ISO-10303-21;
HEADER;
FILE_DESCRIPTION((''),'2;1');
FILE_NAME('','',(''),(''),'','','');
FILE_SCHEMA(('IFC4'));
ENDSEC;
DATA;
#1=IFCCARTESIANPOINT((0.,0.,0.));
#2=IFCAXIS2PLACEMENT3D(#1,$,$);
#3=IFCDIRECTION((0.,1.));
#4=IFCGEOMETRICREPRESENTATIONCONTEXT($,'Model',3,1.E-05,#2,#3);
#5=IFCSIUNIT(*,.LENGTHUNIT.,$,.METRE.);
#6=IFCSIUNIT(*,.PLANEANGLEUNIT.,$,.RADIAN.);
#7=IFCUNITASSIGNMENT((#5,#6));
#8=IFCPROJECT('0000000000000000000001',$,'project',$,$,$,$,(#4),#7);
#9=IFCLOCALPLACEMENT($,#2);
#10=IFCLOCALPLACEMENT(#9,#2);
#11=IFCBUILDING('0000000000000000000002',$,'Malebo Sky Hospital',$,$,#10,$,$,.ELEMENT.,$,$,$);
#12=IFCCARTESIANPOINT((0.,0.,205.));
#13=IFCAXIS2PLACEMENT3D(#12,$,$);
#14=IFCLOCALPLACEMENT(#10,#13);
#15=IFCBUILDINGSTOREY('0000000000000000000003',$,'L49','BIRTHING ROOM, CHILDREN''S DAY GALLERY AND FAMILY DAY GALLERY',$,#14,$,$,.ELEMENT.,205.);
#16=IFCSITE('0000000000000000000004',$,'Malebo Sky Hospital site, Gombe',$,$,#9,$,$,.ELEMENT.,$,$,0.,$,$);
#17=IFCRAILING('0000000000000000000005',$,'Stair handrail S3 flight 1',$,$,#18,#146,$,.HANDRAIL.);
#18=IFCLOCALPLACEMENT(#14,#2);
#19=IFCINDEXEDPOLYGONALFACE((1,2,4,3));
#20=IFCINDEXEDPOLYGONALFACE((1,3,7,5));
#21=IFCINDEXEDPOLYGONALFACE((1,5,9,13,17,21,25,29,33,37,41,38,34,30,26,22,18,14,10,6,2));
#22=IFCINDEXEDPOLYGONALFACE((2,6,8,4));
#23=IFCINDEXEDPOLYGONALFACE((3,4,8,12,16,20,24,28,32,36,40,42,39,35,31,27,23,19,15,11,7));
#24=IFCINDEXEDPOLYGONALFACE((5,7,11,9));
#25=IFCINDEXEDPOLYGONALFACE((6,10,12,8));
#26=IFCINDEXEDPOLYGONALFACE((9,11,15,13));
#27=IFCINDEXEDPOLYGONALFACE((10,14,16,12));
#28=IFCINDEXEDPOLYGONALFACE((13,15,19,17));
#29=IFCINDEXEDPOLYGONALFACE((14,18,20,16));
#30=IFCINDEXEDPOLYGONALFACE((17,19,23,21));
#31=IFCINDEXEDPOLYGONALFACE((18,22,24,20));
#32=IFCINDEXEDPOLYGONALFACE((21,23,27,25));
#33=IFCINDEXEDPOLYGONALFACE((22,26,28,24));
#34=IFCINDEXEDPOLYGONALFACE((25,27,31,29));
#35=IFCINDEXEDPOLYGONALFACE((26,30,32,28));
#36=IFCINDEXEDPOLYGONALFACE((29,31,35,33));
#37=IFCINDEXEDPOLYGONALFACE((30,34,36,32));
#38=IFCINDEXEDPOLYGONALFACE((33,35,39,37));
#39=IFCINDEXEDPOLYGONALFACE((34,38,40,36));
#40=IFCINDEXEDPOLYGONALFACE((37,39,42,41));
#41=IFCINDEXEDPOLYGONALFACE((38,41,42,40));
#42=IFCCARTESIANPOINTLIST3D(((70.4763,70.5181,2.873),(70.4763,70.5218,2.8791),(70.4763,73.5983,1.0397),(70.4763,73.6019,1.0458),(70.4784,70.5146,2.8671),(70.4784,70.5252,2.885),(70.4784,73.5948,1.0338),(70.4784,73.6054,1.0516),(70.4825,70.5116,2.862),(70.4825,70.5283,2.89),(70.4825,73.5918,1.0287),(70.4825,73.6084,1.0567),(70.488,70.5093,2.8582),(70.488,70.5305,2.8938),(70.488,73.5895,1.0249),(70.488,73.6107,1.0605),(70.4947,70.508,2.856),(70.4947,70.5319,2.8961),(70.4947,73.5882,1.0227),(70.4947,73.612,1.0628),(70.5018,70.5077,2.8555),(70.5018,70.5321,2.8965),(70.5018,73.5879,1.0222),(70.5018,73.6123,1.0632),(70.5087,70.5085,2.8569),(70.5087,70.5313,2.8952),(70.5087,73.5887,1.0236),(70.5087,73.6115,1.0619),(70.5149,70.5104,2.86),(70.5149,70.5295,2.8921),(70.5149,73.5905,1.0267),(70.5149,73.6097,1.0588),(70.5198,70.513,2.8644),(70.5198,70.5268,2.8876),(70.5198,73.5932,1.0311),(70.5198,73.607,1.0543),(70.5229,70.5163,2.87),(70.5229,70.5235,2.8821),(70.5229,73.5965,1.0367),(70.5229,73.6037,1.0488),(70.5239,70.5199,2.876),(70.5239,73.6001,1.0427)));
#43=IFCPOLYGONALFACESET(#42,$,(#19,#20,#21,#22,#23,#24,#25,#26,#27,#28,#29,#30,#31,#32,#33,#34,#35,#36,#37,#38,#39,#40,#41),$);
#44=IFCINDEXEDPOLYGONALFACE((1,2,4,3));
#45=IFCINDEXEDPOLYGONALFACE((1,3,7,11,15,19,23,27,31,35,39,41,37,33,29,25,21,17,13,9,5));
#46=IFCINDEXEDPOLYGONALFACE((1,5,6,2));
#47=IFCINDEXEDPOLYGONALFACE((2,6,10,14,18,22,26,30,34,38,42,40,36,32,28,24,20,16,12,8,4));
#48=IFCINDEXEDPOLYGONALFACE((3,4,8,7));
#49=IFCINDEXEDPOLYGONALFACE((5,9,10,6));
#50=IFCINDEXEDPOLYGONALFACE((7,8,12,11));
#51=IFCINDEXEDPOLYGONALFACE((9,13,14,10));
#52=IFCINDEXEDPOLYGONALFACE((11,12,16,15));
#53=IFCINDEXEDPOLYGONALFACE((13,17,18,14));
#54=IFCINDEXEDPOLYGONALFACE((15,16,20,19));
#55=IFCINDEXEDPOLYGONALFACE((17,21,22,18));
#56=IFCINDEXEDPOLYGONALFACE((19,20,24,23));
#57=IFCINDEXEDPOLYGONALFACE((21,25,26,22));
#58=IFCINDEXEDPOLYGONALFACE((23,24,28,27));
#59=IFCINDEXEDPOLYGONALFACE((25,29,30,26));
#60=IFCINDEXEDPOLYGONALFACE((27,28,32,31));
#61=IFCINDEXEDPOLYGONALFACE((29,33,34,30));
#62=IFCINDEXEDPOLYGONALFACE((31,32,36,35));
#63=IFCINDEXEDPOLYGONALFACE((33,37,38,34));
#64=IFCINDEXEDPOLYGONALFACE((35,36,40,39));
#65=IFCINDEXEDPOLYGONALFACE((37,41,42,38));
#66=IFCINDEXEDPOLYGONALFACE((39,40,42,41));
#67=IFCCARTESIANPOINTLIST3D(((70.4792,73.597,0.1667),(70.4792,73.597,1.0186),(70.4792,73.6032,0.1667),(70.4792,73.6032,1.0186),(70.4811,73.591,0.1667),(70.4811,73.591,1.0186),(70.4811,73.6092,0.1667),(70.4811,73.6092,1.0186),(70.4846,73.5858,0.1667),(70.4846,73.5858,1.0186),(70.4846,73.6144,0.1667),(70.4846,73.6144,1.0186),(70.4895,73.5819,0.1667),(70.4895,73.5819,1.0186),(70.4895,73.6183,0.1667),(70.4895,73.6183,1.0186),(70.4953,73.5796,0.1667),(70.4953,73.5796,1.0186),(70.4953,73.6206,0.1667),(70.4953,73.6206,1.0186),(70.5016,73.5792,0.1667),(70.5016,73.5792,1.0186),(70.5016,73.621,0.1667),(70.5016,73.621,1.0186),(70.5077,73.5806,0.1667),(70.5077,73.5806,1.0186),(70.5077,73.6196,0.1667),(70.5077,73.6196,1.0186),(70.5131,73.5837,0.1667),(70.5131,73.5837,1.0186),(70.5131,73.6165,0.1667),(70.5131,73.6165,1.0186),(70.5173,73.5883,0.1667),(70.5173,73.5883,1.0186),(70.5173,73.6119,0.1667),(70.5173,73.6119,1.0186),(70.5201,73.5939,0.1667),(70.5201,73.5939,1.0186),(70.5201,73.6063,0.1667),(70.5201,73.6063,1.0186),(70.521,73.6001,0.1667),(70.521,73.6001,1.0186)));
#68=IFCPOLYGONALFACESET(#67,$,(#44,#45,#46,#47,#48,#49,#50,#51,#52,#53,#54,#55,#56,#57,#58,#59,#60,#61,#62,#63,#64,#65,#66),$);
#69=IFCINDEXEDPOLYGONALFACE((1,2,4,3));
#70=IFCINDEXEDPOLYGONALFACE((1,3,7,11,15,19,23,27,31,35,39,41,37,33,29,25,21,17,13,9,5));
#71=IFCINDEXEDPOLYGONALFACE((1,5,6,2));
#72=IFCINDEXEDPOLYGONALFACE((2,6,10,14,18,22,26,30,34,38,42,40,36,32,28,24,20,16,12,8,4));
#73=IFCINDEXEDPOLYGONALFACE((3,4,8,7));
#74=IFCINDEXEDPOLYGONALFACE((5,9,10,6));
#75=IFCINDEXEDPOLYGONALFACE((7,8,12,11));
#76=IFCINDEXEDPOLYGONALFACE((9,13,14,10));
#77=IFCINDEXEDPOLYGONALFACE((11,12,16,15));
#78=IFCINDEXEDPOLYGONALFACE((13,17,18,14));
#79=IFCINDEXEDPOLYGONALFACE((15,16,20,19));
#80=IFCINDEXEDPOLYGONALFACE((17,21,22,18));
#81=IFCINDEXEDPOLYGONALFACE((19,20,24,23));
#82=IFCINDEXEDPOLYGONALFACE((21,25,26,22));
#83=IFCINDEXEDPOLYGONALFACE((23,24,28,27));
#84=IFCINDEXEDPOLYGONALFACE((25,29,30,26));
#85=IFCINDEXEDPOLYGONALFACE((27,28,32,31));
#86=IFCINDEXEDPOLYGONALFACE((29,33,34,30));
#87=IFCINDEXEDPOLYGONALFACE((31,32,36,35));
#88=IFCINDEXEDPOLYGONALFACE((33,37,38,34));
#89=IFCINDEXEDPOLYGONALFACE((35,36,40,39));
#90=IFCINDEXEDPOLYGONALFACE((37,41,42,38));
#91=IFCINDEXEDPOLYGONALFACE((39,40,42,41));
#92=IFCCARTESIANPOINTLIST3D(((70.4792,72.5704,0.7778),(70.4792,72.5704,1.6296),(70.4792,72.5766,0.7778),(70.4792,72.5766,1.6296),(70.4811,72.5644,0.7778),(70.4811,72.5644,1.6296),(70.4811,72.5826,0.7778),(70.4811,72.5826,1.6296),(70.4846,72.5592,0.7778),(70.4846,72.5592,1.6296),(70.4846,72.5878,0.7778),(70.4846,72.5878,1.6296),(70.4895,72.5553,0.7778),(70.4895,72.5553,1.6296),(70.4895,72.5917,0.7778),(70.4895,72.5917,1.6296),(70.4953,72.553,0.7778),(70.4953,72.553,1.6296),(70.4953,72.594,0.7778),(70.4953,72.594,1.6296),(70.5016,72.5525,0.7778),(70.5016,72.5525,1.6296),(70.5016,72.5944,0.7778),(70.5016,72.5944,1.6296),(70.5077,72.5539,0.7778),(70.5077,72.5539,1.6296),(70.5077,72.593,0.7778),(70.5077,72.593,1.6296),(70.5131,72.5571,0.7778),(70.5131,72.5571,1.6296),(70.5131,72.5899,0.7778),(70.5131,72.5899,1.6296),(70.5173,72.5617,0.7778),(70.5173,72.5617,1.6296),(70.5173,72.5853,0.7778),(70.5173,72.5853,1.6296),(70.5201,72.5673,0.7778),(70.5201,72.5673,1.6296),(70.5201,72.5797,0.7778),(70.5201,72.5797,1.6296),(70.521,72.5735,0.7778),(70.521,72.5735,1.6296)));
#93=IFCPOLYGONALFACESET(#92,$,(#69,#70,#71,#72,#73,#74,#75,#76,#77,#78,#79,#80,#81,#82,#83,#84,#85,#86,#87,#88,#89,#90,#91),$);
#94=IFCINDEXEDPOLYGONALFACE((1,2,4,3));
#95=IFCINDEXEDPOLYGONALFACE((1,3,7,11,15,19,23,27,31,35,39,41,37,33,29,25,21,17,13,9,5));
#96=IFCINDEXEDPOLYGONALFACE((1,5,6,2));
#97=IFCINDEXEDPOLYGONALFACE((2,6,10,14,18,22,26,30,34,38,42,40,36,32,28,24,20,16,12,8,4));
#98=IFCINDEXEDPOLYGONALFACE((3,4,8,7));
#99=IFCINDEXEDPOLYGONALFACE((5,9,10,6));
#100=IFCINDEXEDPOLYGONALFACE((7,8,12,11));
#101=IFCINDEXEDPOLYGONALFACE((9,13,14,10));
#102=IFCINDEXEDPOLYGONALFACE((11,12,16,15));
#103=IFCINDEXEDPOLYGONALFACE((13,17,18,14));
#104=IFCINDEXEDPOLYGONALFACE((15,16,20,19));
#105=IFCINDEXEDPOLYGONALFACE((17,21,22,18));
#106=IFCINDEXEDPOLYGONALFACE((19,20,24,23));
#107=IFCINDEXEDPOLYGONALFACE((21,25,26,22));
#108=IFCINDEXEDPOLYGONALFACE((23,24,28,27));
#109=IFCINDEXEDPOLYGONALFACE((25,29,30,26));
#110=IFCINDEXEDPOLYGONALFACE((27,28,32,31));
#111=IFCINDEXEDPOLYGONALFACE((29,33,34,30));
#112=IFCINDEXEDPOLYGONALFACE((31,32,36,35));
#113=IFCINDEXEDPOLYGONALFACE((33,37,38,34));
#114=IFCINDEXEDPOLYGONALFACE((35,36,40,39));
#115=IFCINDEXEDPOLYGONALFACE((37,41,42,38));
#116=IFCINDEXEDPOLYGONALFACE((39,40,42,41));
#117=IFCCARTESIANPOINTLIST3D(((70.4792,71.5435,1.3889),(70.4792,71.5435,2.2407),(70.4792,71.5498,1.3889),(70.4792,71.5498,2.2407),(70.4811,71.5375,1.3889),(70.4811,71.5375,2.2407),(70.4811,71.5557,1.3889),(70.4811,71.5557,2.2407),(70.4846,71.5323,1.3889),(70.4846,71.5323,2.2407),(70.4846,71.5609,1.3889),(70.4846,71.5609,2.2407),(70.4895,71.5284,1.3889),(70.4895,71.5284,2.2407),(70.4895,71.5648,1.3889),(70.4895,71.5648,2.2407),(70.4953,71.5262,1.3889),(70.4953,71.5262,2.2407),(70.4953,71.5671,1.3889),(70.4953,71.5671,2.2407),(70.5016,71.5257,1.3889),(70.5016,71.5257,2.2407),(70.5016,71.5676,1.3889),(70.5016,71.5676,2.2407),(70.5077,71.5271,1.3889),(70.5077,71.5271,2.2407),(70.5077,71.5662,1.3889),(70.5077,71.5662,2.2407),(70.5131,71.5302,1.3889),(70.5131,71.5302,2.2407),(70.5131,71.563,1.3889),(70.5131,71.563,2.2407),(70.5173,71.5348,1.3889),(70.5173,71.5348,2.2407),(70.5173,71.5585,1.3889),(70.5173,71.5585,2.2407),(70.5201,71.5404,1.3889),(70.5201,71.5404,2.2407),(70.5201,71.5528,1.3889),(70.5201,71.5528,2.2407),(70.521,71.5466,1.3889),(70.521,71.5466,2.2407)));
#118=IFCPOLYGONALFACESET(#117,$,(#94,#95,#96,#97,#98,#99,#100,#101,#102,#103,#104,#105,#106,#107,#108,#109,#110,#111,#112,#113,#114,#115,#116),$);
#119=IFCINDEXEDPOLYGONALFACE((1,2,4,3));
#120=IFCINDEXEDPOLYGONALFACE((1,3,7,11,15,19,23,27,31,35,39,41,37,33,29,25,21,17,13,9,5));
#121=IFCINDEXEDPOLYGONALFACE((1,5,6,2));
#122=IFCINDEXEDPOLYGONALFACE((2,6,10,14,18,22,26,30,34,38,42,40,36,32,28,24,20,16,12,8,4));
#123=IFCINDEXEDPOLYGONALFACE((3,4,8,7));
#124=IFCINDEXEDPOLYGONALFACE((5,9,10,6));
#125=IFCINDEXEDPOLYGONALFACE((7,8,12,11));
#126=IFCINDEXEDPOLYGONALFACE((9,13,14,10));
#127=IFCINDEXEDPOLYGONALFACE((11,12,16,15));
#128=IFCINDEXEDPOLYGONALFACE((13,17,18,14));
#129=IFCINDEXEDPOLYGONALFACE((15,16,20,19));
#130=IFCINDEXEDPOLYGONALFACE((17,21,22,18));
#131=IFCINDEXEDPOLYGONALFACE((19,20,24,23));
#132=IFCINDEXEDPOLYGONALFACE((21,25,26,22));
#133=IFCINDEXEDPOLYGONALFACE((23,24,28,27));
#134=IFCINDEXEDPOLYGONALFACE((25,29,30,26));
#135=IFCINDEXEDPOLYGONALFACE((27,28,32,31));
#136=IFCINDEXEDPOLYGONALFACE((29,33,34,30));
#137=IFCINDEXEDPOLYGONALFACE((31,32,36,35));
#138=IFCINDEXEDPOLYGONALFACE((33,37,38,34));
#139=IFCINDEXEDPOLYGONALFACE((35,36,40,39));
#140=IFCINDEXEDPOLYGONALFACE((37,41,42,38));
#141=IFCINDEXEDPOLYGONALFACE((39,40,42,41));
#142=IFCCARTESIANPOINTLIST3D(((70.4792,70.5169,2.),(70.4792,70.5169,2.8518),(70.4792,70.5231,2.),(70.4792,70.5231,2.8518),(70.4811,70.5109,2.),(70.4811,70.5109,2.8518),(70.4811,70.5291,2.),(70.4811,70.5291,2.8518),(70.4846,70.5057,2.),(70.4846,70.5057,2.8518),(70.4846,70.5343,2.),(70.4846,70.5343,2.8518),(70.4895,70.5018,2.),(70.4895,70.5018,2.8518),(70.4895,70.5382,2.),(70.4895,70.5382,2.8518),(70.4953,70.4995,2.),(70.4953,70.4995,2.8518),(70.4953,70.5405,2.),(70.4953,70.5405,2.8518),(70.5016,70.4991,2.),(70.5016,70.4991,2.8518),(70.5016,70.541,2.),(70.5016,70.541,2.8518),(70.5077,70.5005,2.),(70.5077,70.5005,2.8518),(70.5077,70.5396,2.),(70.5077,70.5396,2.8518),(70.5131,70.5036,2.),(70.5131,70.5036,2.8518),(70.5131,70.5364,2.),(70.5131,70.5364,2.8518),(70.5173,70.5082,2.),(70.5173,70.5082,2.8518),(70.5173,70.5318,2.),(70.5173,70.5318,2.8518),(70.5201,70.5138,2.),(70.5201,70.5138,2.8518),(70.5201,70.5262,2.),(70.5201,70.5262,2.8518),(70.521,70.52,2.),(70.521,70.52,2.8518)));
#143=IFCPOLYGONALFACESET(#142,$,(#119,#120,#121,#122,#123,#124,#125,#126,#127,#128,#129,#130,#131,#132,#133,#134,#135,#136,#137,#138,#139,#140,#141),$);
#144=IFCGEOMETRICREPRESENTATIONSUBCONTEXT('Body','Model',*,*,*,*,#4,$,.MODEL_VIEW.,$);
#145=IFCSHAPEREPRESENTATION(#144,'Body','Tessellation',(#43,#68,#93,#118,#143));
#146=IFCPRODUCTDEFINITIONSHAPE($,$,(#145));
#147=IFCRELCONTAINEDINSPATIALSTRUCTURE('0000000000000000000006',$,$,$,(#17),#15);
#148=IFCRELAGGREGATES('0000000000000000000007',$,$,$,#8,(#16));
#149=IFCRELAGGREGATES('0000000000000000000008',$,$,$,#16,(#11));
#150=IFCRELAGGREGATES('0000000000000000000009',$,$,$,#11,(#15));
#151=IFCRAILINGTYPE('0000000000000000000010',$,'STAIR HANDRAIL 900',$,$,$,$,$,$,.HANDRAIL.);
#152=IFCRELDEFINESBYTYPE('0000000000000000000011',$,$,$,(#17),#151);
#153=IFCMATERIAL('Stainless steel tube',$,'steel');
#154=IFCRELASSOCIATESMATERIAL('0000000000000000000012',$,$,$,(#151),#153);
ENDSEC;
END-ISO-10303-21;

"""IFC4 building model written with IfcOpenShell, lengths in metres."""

from ifc_helpers import new_model, si_unit, direction, frame, origin, origin_2d, place, context, subcontext, project, spatial, circle, extrude, material, type_object, element, save


model = new_model("IFC4")

# Units and contexts
model_context = context("Model", 3, precision=1e-05, world=origin(), true_north=direction((0.0, 1.0)))
body_context = subcontext(model_context, "Body", "Model", "MODEL_VIEW")
ifc_project = project(units=[si_unit("LENGTHUNIT", "METRE"), si_unit("PLANEANGLEUNIT", "RADIAN")], contexts=[model_context])

# Site, building, storey
site_placement = place(None, origin())
site = spatial("IfcSite", under=ifc_project, at=site_placement, Name="Malebo Sky Hospital site, Gombe", CompositionType="ELEMENT", RefElevation=0.0)
building_placement = place(site_placement, origin())
building = spatial("IfcBuilding", under=site, at=building_placement, Name="Malebo Sky Hospital", CompositionType="ELEMENT")
storey_placement = place(building_placement, frame((0.0, 0.0, 205.0)))
storey = spatial("IfcBuildingStorey", under=building, at=storey_placement, Name="L49", Description="BIRTHING ROOM, CHILDREN'S DAY GALLERY AND FAMILY DAY GALLERY", CompositionType="ELEMENT", Elevation=205.0)

# Railing
ifc_material_1 = material(Name="Stainless steel tube", Category="steel")
railing_type = type_object("IfcRailingType", Name="STAIR HANDRAIL 900", PredefinedType="HANDRAIL", material=ifc_material_1)
railing_1_placement = place(storey_placement, frame((70.5, 73.6001, 0.1667)))
element("IfcRailing", 1, at=railing_1_placement, inside=storey, type_object=railing_type, Name="Stair handrail S3 flight 1", PredefinedType="HANDRAIL", context=body_context, shape_type="SweptSolid", body=[
    extrude(circle(Radius=0.0239, at=origin_2d()), frame((0.0, 0.0, 0.876), z_axis=(0.0, -0.859309, 0.511458), x_axis=(1.0, 0.0, 0.0)), (0.0, 0.0, 1.0), 3.5845),
    extrude(circle(Radius=0.021, at=origin_2d()), origin(), (0.0, 0.0, 1.0), 0.8518),
    extrude(circle(Radius=0.021, at=origin_2d()), frame((0.0, -1.0266, 0.6111)), (0.0, 0.0, 1.0), 0.8518),
    extrude(circle(Radius=0.021, at=origin_2d()), frame((0.0, -2.0535, 1.2222)), (0.0, 0.0, 1.0), 0.8518),
    extrude(circle(Radius=0.021, at=origin_2d()), frame((0.0, -3.0801, 1.8333)), (0.0, 0.0, 1.0), 0.8518),
])

save(model, "model.ifc")
